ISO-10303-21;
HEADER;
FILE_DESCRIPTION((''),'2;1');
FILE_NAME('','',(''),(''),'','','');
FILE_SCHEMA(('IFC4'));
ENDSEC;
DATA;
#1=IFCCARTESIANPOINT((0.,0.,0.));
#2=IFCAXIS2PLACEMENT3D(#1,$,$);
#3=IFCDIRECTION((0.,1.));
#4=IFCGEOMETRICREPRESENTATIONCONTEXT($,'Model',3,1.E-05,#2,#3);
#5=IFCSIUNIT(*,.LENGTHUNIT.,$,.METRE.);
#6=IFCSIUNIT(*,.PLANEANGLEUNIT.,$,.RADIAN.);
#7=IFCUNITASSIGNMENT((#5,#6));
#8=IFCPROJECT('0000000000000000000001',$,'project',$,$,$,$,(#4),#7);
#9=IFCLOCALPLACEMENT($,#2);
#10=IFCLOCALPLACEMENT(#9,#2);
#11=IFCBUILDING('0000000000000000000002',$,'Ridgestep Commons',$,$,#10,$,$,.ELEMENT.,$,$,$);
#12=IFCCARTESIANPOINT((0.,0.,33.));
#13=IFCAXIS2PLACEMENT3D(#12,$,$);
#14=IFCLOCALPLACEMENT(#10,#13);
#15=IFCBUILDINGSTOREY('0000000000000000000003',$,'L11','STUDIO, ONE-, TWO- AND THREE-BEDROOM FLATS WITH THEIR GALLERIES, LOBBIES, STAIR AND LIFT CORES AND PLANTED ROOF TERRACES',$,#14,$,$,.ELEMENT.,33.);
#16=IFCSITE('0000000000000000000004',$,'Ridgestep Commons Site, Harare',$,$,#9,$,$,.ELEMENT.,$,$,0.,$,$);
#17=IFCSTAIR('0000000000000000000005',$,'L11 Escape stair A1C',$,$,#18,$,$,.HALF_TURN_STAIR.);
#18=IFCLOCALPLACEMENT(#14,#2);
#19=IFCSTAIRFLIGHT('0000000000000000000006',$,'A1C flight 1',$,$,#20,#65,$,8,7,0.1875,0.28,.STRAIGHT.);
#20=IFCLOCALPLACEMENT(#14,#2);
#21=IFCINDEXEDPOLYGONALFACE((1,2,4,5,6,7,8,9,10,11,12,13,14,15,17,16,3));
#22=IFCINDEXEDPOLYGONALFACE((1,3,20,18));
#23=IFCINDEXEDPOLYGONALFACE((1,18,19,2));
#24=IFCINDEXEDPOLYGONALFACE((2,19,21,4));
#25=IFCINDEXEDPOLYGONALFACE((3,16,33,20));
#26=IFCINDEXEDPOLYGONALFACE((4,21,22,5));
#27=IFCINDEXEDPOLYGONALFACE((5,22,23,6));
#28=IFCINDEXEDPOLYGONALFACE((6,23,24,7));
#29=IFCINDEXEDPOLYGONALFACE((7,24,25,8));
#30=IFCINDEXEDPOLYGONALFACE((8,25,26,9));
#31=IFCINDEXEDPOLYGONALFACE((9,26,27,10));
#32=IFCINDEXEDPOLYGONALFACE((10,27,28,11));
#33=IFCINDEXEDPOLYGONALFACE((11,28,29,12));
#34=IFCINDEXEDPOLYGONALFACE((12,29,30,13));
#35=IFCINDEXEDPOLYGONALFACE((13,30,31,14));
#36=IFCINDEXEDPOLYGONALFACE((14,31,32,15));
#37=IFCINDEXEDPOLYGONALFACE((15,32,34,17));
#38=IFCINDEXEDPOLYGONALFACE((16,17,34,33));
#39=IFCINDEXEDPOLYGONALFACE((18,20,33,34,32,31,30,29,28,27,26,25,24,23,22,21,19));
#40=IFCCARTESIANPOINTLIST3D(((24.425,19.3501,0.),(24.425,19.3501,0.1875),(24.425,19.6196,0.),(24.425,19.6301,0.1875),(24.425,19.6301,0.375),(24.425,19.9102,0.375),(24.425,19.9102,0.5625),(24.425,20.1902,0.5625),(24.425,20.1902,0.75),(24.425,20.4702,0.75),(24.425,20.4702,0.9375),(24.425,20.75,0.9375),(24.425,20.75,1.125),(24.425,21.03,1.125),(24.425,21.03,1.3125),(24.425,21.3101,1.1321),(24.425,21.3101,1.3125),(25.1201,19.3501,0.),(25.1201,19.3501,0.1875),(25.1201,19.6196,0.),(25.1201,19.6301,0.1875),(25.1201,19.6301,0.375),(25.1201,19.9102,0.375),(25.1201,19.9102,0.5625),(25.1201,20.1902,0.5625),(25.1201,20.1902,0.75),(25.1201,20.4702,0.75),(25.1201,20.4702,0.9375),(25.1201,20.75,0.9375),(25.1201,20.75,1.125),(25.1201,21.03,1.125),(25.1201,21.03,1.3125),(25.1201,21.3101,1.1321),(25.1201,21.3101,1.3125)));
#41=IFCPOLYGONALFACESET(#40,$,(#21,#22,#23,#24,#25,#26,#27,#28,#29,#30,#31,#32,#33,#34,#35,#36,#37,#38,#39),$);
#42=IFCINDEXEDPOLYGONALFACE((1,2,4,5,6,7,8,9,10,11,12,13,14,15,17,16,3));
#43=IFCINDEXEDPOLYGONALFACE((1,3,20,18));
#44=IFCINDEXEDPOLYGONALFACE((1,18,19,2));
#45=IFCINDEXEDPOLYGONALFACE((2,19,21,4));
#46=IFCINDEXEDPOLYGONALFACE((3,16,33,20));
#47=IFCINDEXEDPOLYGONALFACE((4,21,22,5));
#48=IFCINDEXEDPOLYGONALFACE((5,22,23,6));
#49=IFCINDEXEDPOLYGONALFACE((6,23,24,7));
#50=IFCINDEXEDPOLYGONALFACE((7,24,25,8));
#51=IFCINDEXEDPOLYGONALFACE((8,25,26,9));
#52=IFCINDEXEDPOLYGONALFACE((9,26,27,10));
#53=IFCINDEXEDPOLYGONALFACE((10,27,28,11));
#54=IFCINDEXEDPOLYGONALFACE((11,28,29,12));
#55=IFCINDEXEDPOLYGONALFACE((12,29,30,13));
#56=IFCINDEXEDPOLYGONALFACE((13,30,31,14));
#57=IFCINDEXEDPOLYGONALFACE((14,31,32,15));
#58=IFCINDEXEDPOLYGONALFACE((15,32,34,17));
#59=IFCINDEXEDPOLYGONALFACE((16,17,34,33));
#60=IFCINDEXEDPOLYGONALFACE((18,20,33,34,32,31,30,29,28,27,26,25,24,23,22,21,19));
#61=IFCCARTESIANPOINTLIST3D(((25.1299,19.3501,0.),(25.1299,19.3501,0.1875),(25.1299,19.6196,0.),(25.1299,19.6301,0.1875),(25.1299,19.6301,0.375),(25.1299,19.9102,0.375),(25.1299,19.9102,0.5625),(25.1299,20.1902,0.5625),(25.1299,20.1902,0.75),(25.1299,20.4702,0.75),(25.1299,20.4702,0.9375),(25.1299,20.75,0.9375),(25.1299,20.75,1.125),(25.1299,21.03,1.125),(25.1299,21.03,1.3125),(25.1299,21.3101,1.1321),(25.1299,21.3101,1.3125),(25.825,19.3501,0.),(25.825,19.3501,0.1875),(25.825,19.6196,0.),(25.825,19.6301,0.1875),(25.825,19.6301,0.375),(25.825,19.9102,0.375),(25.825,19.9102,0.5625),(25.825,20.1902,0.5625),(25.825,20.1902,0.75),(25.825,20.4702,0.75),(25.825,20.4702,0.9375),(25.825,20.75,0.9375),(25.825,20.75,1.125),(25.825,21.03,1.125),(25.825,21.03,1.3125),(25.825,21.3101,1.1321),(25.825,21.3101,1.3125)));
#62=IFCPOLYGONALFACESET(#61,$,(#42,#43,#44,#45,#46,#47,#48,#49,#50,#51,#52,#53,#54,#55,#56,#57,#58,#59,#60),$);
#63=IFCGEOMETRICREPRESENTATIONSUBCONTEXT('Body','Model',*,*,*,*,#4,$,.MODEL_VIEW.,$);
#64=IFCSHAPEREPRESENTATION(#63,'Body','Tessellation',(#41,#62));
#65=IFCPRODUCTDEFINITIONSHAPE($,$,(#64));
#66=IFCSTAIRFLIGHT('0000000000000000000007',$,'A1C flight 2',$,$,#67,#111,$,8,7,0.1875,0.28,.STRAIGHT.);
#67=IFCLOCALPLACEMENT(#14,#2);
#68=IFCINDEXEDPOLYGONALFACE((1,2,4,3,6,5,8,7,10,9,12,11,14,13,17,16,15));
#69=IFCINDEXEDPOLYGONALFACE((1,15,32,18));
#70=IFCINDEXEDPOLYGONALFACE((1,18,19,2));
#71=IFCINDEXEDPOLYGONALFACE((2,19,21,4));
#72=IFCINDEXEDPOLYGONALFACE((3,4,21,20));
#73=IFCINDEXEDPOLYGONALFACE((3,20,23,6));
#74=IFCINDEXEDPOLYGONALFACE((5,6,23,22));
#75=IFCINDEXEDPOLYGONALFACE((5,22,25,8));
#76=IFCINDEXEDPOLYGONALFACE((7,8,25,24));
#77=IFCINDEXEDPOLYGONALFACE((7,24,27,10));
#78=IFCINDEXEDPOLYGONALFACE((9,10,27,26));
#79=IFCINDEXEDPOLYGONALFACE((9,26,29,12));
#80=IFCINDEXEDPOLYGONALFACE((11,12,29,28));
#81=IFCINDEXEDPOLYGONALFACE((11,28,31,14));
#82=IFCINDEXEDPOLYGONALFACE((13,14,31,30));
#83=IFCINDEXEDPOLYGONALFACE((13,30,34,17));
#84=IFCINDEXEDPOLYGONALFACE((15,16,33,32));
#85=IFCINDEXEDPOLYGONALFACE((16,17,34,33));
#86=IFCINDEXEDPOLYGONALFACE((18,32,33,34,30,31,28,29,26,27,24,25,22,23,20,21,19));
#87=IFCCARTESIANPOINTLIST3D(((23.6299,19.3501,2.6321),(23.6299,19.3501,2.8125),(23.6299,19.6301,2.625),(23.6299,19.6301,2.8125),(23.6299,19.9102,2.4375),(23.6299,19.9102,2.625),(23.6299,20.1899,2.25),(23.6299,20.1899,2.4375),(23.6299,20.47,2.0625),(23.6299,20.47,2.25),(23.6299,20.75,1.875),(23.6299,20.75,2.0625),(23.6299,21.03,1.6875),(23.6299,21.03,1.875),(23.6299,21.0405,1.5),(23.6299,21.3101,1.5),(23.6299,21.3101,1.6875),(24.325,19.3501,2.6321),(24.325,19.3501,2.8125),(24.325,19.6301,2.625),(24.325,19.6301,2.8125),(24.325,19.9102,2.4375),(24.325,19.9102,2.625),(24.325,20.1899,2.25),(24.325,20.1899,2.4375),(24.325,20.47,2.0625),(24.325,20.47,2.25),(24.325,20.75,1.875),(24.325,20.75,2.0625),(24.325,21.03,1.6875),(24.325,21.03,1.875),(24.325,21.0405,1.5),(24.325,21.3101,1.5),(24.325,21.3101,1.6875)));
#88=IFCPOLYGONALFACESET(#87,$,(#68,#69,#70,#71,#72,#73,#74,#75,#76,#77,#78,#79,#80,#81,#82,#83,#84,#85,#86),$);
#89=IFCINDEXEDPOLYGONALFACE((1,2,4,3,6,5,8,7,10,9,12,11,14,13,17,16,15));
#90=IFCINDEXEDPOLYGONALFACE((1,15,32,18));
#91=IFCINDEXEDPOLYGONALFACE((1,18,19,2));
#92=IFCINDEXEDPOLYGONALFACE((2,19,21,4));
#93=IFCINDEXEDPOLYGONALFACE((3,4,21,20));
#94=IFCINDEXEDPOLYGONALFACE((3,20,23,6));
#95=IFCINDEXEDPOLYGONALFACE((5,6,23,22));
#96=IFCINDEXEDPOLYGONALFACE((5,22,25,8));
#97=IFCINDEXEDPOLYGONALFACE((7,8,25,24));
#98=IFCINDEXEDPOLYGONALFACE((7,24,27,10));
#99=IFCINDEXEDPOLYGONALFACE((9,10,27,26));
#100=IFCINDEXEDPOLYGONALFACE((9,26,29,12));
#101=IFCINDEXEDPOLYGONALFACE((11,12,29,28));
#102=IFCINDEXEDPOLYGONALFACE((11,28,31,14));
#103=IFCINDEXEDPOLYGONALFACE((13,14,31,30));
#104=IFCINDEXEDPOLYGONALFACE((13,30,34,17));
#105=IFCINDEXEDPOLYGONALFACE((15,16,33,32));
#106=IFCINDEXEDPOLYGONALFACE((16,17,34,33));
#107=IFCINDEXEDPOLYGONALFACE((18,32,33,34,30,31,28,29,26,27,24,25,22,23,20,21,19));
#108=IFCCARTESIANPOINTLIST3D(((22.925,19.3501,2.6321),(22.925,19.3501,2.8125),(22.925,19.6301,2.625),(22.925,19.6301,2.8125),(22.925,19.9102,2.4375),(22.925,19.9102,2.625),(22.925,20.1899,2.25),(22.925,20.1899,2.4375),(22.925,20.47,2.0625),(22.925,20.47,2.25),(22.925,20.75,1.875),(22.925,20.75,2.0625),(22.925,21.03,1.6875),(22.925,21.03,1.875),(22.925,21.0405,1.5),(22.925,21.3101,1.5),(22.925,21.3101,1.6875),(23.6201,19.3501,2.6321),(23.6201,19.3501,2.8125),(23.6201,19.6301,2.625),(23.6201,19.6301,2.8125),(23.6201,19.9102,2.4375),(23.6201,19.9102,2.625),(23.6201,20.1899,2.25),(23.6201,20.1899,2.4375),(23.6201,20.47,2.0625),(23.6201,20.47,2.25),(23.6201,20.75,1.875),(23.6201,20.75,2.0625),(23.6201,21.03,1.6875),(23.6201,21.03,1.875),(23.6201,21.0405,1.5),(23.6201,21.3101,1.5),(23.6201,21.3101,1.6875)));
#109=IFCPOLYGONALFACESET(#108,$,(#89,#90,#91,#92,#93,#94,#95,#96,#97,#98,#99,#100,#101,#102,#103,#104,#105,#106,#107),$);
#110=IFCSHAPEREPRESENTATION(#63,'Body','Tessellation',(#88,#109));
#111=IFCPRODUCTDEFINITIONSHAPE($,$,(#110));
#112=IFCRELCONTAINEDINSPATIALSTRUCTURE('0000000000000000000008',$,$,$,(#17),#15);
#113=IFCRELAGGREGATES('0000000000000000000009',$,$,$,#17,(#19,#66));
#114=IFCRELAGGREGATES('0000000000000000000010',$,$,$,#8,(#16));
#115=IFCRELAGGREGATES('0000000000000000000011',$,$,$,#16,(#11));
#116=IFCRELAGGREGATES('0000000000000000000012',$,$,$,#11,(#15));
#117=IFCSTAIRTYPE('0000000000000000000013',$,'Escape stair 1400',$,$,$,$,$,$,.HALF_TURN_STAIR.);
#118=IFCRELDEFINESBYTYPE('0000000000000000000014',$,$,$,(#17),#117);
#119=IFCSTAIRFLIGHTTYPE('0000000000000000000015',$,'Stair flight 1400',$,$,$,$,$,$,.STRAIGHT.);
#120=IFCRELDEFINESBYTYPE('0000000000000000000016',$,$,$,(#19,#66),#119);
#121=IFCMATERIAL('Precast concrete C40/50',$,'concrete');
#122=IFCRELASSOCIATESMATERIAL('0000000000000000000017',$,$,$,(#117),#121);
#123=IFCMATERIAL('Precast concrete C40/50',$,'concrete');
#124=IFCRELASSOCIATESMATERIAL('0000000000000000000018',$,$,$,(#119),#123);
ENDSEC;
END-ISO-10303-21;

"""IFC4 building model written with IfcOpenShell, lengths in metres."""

from ifc_helpers import new_model, si_unit, direction, frame, origin, place, context, subcontext, project, spatial, polyline, outline, extrude, material, type_object, element, aggregate, save


model = new_model("IFC4")

# Units and contexts
model_context = context("Model", 3, precision=1e-05, world=origin(), true_north=direction((0.0, 1.0)))
body_context = subcontext(model_context, "Body", "Model", "MODEL_VIEW")
ifc_project = project(units=[si_unit("LENGTHUNIT", "METRE"), si_unit("PLANEANGLEUNIT", "RADIAN")], contexts=[model_context])

# Site, building, storey
site_placement = place(None, origin())
site = spatial("IfcSite", under=ifc_project, at=site_placement, Name="Ridgestep Commons Site, Harare", CompositionType="ELEMENT", RefElevation=0.0)
building_placement = place(site_placement, origin())
building = spatial("IfcBuilding", under=site, at=building_placement, Name="Ridgestep Commons", CompositionType="ELEMENT")
storey_placement = place(building_placement, frame((0.0, 0.0, 33.0)))
storey = spatial("IfcBuildingStorey", under=building, at=storey_placement, Name="L11", Description="STUDIO, ONE-, TWO- AND THREE-BEDROOM FLATS WITH THEIR GALLERIES, LOBBIES, STAIR AND LIFT CORES AND PLANTED ROOF TERRACES", CompositionType="ELEMENT", Elevation=33.0)

# Stair, stair flights
ifc_material_1 = material(Name="Precast concrete C40/50", Category="concrete")
stair_type = type_object("IfcStairType", Name="Escape stair 1400", PredefinedType="HALF_TURN_STAIR", material=ifc_material_1)
stair_placement = place(storey_placement, origin())
stair = element("IfcStair", 1, at=stair_placement, inside=storey, type_object=stair_type, Name="L11 Escape stair A1C", PredefinedType="HALF_TURN_STAIR")
ifc_material_2 = material(Name="Precast concrete C40/50", Category="concrete")
stair_flight_type = type_object("IfcStairFlightType", Name="Stair flight 1400", PredefinedType="STRAIGHT", material=ifc_material_2)
stair_flight_1_placement = place(storey_placement, frame((25.125, 19.3501, 0.0), z_axis=(0.0, 0.0, 1.0), x_axis=(0.0, 1.0, 0.0)))
stair_flight_1 = element("IfcStairFlight", 2, at=stair_flight_1_placement, type_object=stair_flight_type, Name="A1C flight 1", NumberOfRisers=8, NumberOfTreads=7, PredefinedType="STRAIGHT", RiserHeight=0.1875, TreadLength=0.28, context=body_context, shape_type="SweptSolid", body=[
    extrude(outline(polyline([(0.0, 0.0), (0.0, 0.1875), (0.28, 0.1875), (0.28, 0.375), (0.5601, 0.375), (0.5601, 0.5625), (0.8401, 0.5625), (0.8401, 0.75), (1.1201, 0.75), (1.1201, 0.9375), (1.3999, 0.9375), (1.3999, 1.125), (1.6799, 1.125), (1.6799, 1.3125), (1.96, 1.3125), (1.96, 1.5), (1.96, 1.1321), (0.2695, 0.0), (0.0, 0.0)])), frame((0.0, 0.7, 0.0), z_axis=(0.0, -1.0, 0.0), x_axis=(1.0, 0.0, 0.0)), (0.0, 0.0, 1.0), 0.6951),
    extrude(outline(polyline([(0.0, 0.0), (0.0, 0.1875), (0.28, 0.1875), (0.28, 0.375), (0.5601, 0.375), (0.5601, 0.5625), (0.8401, 0.5625), (0.8401, 0.75), (1.1201, 0.75), (1.1201, 0.9375), (1.3999, 0.9375), (1.3999, 1.125), (1.6799, 1.125), (1.6799, 1.3125), (1.96, 1.3125), (1.96, 1.5), (1.96, 1.1321), (0.2695, 0.0), (0.0, 0.0)])), frame((0.0, -0.0049, 0.0), z_axis=(0.0, -1.0, 0.0), x_axis=(1.0, 0.0, 0.0)), (0.0, 0.0, 1.0), 0.6951),
])
stair_flight_2_placement = place(storey_placement, frame((23.625, 21.3101, 1.5), z_axis=(0.0, 0.0, 1.0), x_axis=(0.0, -1.0, 0.0)))
stair_flight_2 = element("IfcStairFlight", 3, at=stair_flight_2_placement, type_object=stair_flight_type, Name="A1C flight 2", NumberOfRisers=8, NumberOfTreads=7, PredefinedType="STRAIGHT", RiserHeight=0.1875, TreadLength=0.28, context=body_context, shape_type="SweptSolid", body=[
    extrude(outline(polyline([(0.0, 0.0), (0.0, 0.1875), (0.28, 0.1875), (0.28, 0.375), (0.5601, 0.375), (0.5601, 0.5625), (0.8401, 0.5625), (0.8401, 0.75), (1.1201, 0.75), (1.1201, 0.9375), (1.3999, 0.9375), (1.3999, 1.125), (1.6799, 1.125), (1.6799, 1.3125), (1.96, 1.3125), (1.96, 1.5), (1.96, 1.1321), (0.2695, 0.0), (0.0, 0.0)])), frame((0.0, 0.7, 0.0), z_axis=(0.0, -1.0, 0.0), x_axis=(1.0, 0.0, 0.0)), (0.0, 0.0, 1.0), 0.6951),
    extrude(outline(polyline([(0.0, 0.0), (0.0, 0.1875), (0.28, 0.1875), (0.28, 0.375), (0.5601, 0.375), (0.5601, 0.5625), (0.8401, 0.5625), (0.8401, 0.75), (1.1201, 0.75), (1.1201, 0.9375), (1.3999, 0.9375), (1.3999, 1.125), (1.6799, 1.125), (1.6799, 1.3125), (1.96, 1.3125), (1.96, 1.5), (1.96, 1.1321), (0.2695, 0.0), (0.0, 0.0)])), frame((0.0, -0.0049, 0.0), z_axis=(0.0, -1.0, 0.0), x_axis=(1.0, 0.0, 0.0)), (0.0, 0.0, 1.0), 0.6951),
])
aggregate(stair, [stair_flight_1, stair_flight_2])

save(model, "model.ifc")
